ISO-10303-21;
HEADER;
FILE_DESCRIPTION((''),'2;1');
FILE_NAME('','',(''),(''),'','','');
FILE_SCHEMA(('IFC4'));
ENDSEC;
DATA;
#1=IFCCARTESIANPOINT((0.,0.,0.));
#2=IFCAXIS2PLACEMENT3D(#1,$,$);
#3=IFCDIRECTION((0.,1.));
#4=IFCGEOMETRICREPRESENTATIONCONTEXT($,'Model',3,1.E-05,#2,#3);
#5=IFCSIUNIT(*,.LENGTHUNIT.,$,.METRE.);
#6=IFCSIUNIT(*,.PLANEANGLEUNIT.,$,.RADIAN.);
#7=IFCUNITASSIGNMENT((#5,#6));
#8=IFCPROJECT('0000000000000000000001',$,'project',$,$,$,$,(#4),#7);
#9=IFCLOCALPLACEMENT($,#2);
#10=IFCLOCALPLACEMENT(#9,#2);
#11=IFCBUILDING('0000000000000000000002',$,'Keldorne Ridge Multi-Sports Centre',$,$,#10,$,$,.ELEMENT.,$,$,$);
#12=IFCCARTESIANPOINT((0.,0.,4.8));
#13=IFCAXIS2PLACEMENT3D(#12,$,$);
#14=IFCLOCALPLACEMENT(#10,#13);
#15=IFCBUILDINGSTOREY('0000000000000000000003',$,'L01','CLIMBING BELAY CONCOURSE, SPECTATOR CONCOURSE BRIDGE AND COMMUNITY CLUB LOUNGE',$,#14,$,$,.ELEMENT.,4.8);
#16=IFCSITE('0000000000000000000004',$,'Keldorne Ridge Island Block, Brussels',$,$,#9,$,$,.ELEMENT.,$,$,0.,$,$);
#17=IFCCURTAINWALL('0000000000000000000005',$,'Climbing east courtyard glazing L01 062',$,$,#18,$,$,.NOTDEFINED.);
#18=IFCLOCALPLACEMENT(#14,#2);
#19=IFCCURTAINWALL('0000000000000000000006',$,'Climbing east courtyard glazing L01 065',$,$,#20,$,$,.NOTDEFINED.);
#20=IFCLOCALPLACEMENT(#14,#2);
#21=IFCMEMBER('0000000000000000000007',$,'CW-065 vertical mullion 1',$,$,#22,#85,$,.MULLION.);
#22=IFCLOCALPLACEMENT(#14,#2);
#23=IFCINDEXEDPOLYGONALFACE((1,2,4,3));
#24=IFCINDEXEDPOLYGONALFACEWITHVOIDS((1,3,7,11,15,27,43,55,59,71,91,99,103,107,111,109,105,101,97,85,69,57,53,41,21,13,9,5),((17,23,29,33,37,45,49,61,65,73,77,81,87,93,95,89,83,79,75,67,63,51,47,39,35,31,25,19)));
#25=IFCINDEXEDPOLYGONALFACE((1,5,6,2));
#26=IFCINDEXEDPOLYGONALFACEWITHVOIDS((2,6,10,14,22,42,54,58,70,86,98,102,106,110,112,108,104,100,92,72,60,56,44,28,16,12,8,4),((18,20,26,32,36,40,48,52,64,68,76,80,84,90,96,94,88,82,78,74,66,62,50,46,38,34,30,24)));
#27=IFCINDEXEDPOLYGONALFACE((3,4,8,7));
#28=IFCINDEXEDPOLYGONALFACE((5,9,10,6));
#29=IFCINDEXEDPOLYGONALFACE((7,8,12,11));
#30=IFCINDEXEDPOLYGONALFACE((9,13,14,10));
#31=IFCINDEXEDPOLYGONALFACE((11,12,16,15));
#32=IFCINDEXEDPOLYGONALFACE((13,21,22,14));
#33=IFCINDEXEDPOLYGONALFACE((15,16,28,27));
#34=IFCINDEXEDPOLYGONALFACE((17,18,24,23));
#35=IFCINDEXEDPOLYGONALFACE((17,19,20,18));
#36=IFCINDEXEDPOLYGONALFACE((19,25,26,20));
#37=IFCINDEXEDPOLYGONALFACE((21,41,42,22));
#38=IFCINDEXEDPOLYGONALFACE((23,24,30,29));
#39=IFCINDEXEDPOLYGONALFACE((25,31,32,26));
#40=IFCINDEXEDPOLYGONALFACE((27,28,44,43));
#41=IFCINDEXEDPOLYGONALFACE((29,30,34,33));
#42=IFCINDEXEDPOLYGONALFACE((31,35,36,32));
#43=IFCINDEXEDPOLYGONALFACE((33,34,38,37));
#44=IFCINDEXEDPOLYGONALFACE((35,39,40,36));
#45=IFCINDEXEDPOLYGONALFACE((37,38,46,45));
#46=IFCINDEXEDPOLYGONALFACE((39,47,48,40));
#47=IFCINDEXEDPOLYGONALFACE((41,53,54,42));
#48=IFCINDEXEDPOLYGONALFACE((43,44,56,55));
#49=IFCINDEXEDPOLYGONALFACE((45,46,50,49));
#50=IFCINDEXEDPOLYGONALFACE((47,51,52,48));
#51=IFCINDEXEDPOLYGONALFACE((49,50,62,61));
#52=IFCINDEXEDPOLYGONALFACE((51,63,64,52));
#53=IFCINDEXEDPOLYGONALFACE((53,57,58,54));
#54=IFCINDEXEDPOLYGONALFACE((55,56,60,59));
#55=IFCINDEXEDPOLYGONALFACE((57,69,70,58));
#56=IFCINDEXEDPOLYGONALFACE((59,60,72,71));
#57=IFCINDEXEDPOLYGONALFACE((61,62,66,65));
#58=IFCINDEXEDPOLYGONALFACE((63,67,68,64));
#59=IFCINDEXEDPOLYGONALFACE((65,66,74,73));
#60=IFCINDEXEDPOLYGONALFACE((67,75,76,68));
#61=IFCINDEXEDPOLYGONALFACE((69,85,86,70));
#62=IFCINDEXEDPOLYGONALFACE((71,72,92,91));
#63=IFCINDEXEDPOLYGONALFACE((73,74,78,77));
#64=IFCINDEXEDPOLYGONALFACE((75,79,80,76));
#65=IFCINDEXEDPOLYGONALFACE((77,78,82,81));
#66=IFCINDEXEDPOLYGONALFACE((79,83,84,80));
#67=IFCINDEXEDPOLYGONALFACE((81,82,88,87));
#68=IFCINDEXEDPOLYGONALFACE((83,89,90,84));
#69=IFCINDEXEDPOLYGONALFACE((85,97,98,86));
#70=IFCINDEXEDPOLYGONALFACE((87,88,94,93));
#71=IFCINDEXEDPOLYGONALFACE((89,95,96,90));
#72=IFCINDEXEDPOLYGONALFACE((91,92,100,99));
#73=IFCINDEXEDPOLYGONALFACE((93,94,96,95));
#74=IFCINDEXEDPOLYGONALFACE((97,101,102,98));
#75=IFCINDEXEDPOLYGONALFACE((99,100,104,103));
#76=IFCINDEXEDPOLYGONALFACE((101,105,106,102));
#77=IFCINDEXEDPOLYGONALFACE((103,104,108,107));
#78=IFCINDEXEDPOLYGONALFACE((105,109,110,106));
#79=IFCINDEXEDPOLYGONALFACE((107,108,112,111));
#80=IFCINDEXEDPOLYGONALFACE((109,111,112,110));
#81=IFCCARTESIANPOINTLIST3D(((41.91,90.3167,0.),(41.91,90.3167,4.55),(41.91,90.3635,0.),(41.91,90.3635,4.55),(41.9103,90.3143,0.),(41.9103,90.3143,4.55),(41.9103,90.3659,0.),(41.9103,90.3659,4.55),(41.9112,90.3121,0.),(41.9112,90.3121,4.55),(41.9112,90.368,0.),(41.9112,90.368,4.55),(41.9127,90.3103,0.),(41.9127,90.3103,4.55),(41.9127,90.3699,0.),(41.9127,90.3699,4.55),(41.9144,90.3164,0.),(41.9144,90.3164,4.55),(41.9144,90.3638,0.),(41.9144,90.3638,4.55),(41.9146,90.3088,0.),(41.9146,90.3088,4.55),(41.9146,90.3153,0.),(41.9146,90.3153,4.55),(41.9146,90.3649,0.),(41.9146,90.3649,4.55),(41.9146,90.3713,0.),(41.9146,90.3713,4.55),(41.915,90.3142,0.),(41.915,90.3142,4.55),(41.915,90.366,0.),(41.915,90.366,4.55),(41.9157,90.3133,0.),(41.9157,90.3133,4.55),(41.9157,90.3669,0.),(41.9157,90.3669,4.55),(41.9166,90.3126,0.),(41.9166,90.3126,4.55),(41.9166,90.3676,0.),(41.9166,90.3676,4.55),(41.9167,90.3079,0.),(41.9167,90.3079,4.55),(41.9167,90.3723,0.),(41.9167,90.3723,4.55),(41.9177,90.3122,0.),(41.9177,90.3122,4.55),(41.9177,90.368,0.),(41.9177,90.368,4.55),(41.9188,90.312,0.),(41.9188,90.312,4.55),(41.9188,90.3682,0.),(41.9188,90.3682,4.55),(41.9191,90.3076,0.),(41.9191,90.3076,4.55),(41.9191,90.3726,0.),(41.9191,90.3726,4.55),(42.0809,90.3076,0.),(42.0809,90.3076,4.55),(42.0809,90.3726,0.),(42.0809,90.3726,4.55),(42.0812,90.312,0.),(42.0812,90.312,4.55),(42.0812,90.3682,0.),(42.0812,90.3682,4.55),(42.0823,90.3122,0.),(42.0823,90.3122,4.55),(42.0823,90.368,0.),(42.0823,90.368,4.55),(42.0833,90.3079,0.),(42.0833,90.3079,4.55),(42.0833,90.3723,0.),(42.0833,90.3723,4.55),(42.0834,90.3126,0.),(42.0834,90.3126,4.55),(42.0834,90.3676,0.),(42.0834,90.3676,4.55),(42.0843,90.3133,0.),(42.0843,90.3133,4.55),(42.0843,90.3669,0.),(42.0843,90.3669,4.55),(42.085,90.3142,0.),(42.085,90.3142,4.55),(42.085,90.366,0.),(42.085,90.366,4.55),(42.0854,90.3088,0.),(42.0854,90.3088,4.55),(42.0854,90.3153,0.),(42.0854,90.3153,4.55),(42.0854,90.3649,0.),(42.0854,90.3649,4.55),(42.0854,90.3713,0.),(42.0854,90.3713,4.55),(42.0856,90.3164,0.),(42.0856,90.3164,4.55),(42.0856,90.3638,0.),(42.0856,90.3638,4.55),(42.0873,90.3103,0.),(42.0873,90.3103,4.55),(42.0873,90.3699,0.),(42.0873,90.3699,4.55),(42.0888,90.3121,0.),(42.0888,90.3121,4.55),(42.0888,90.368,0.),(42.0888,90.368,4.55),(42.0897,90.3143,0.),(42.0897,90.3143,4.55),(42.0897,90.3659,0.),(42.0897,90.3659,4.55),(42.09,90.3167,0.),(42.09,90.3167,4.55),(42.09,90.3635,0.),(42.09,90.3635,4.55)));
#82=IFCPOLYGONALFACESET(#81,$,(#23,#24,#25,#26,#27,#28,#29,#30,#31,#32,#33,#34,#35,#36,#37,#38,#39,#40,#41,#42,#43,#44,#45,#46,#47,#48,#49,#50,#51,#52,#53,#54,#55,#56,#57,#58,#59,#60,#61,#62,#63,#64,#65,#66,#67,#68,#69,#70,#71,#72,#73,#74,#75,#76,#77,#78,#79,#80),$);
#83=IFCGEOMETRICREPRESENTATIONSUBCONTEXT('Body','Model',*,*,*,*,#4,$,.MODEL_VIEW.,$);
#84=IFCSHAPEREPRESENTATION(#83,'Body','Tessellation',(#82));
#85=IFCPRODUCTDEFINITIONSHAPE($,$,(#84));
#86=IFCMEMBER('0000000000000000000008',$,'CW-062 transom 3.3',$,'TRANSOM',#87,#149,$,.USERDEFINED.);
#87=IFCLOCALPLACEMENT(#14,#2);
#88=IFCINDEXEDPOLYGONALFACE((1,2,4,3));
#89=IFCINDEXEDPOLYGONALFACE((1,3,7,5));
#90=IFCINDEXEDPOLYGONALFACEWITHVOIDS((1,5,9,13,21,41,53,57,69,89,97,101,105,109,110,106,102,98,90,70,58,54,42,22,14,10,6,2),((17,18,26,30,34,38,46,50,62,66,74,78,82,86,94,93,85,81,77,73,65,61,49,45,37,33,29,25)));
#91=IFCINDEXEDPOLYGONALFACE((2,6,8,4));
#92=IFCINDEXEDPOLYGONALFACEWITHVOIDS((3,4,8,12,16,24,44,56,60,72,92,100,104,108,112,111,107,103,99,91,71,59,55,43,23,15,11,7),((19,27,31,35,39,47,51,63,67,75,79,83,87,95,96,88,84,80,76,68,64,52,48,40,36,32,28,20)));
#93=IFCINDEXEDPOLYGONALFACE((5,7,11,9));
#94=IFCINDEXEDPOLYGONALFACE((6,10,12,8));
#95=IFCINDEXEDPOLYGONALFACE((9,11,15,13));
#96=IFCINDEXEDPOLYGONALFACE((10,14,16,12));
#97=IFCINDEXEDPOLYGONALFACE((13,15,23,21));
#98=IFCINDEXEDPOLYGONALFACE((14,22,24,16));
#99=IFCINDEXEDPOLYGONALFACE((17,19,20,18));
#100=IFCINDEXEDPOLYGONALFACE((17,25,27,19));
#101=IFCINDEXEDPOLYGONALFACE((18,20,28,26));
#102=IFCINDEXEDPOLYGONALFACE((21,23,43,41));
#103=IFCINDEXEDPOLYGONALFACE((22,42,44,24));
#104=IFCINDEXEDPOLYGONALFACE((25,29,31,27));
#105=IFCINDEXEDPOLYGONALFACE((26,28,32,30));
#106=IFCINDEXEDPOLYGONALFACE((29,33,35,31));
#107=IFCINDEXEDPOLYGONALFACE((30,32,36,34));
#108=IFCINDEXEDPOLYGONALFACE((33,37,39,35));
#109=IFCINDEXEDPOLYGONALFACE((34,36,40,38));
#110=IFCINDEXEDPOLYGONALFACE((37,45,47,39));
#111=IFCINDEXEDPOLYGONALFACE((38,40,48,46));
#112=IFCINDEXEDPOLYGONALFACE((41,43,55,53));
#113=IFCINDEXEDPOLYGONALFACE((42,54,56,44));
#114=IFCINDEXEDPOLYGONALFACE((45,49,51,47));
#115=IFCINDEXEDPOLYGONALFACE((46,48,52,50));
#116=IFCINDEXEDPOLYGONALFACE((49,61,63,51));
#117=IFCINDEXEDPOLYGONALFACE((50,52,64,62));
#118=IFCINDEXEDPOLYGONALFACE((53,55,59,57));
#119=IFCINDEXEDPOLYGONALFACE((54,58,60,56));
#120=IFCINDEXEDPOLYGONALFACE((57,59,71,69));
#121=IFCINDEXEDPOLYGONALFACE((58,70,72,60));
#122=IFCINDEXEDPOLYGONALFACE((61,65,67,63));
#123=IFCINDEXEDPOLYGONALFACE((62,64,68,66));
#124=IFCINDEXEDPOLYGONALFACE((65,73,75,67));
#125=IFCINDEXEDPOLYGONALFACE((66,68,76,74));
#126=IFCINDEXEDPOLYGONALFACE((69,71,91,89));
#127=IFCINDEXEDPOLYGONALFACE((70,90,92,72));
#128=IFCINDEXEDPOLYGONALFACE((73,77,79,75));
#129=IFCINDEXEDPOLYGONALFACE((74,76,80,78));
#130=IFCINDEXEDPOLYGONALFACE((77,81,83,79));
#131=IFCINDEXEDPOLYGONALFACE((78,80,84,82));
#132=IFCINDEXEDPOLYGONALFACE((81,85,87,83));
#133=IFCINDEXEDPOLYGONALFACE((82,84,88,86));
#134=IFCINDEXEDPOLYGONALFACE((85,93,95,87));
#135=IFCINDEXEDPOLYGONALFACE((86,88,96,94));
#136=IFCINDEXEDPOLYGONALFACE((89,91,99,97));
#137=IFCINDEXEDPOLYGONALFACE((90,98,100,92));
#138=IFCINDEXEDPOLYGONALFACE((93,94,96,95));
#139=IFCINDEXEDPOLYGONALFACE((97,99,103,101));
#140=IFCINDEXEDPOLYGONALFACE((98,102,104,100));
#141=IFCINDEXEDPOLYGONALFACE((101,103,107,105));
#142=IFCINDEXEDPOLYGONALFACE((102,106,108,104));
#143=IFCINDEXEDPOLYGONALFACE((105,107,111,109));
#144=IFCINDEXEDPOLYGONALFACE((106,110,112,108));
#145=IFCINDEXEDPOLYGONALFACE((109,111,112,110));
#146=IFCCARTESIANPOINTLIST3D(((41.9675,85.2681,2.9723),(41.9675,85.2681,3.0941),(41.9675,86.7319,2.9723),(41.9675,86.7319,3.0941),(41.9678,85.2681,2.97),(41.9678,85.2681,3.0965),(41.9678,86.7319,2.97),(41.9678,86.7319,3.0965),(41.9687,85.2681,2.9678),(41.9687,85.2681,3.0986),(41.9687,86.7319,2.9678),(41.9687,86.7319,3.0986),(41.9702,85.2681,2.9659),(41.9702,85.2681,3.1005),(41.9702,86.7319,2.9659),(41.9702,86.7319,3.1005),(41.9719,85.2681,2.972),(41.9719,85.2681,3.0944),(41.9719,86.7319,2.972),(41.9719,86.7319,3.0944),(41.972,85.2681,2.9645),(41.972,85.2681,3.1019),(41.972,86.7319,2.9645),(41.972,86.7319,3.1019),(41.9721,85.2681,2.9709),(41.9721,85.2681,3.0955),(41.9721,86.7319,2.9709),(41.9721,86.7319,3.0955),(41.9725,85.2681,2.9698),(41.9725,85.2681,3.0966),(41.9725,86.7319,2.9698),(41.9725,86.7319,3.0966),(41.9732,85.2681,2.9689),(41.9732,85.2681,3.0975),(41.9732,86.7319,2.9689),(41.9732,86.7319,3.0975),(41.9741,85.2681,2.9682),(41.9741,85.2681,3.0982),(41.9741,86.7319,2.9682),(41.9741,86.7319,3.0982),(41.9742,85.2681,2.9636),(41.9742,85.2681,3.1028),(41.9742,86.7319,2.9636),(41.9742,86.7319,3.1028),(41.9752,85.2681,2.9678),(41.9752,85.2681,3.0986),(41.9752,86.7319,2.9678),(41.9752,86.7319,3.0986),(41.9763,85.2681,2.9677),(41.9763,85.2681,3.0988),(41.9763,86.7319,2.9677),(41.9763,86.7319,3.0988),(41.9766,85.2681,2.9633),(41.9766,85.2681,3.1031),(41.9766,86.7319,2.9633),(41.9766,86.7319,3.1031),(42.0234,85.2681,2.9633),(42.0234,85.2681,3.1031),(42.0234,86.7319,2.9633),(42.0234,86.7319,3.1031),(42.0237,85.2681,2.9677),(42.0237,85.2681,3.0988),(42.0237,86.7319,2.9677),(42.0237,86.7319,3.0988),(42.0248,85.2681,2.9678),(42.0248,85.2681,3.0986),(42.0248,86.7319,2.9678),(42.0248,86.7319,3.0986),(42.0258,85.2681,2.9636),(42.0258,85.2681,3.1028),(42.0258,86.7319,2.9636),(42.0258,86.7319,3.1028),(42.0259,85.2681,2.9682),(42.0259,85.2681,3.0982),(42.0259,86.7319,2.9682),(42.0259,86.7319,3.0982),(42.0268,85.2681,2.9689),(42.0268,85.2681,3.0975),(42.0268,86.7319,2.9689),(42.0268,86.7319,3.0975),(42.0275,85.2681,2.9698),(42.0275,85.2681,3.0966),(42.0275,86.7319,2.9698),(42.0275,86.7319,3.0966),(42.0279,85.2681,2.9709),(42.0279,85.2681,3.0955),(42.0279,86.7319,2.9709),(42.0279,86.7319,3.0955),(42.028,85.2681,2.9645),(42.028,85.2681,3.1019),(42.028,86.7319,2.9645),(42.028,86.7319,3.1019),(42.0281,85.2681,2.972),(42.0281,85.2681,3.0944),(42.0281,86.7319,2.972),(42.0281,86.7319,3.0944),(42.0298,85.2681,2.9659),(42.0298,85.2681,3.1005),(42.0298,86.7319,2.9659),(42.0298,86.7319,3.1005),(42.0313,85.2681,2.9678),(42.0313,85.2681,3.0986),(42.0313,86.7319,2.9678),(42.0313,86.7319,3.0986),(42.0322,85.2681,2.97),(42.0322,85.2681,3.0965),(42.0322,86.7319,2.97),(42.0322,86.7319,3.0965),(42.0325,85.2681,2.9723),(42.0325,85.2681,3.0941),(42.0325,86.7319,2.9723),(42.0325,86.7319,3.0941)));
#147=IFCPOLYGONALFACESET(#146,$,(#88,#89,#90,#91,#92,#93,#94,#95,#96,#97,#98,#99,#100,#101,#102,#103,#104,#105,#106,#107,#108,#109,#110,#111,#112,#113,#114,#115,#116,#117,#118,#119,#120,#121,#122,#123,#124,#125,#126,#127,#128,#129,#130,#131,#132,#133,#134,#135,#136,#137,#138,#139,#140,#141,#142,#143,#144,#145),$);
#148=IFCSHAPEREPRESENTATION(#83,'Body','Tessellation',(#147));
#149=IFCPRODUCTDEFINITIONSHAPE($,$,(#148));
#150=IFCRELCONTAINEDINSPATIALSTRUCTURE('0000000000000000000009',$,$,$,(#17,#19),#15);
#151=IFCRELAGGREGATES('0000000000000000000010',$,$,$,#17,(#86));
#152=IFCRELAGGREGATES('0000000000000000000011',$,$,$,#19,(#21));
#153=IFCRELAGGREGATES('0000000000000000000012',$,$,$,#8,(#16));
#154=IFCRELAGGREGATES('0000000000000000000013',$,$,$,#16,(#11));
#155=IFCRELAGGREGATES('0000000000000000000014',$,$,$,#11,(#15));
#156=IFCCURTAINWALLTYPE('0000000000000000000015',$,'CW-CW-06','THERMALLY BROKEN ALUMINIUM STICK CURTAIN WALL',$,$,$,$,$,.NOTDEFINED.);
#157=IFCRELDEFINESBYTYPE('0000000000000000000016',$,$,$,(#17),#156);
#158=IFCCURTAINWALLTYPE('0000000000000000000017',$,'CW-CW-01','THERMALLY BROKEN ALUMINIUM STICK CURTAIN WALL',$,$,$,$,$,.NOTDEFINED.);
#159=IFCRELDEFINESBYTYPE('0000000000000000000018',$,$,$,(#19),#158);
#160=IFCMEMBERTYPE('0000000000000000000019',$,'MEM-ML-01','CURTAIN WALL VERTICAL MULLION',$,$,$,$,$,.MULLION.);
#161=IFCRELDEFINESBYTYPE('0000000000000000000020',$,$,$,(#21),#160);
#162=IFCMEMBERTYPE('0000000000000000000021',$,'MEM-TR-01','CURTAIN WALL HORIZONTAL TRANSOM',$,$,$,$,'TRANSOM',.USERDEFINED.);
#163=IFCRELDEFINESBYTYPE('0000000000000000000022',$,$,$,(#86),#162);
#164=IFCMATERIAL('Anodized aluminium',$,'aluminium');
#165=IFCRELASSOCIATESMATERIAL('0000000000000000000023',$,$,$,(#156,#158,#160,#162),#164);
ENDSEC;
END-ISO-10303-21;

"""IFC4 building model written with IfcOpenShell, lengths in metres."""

from ifc_helpers import new_model, si_unit, direction, frame, origin, origin_2d, place, context, subcontext, project, spatial, hollow_rectangle, extrude, material, material_profile, profile_set, type_object, element, aggregate, save


model = new_model("IFC4")

# Units and contexts
model_context = context("Model", 3, precision=1e-05, world=origin(), true_north=direction((0.0, 1.0)))
body_context = subcontext(model_context, "Body", "Model", "MODEL_VIEW")
ifc_project = project(units=[si_unit("LENGTHUNIT", "METRE"), si_unit("PLANEANGLEUNIT", "RADIAN")], contexts=[model_context])

# Site, building, storey
site_placement = place(None, origin())
site = spatial("IfcSite", under=ifc_project, at=site_placement, Name="Keldorne Ridge Island Block, Brussels", CompositionType="ELEMENT", RefElevation=0.0)
building_placement = place(site_placement, origin())
building = spatial("IfcBuilding", under=site, at=building_placement, Name="Keldorne Ridge Multi-Sports Centre", CompositionType="ELEMENT")
storey_placement = place(building_placement, frame((0.0, 0.0, 4.8)))
storey = spatial("IfcBuildingStorey", under=building, at=storey_placement, Name="L01", Description="CLIMBING BELAY CONCOURSE, SPECTATOR CONCOURSE BRIDGE AND COMMUNITY CLUB LOUNGE", CompositionType="ELEMENT", Elevation=4.8)

# Curtain wall
ifc_material_1 = material(Name="Anodized aluminium", Category="aluminium")
curtain_wall_type_1 = type_object("IfcCurtainWallType", Name="CW-CW-06", Description="THERMALLY BROKEN ALUMINIUM STICK CURTAIN WALL", PredefinedType="NOTDEFINED", material=ifc_material_1)
curtain_wall_1_placement = place(storey_placement, origin())
curtain_wall_1 = element("IfcCurtainWall", 1, at=curtain_wall_1_placement, inside=storey, type_object=curtain_wall_type_1, Name="Climbing east courtyard glazing L01 062", PredefinedType="NOTDEFINED")
ifc_material_profile_1 = material_profile(ifc_material_1, hollow_rectangle(XDim=0.0649, YDim=0.1799, WallThickness=0.0044, InnerFilletRadius=0.0044, OuterFilletRadius=0.009, at=origin_2d()), Name="ALU MULLION 180x65x4.5")
ifc_profile_set_1 = profile_set([ifc_material_profile_1], Name="Anodized aluminium")
member_type_1 = type_object("IfcMemberType", Name="MEM-ML-01", Description="CURTAIN WALL VERTICAL MULLION", PredefinedType="MULLION", material=ifc_profile_set_1)

# Curtain wall, member
curtain_wall_type_2 = type_object("IfcCurtainWallType", Name="CW-CW-01", Description="THERMALLY BROKEN ALUMINIUM STICK CURTAIN WALL", PredefinedType="NOTDEFINED", material=ifc_material_1)
curtain_wall_2_placement = place(storey_placement, origin())
curtain_wall_2 = element("IfcCurtainWall", 2, at=curtain_wall_2_placement, inside=storey, type_object=curtain_wall_type_2, Name="Climbing east courtyard glazing L01 065", PredefinedType="NOTDEFINED")
member_1_placement = place(storey_placement, frame((42.0, 90.3401, 0.0), z_axis=(0.0, 0.0, 1.0), x_axis=(0.0, 1.0, 0.0)))
member_1 = element("IfcMember", 3, at=member_1_placement, type_object=member_type_1, Name="CW-065 vertical mullion 1", PredefinedType="MULLION", context=body_context, shape_type="SweptSolid", body=[
    extrude(hollow_rectangle(XDim=0.0649, YDim=0.1799, WallThickness=0.0044, InnerFilletRadius=0.0044, OuterFilletRadius=0.009, at=origin_2d()), origin(), (0.0, 0.0, 1.0), 4.55),
])

# Member
ifc_material_profile_2 = material_profile(ifc_material_1, hollow_rectangle(XDim=0.0649, YDim=0.1399, WallThickness=0.0044, InnerFilletRadius=0.0044, OuterFilletRadius=0.009, at=origin_2d()), Name="ALU TRANSOM 140x65x4.5")
ifc_profile_set_2 = profile_set([ifc_material_profile_2], Name="Anodized aluminium")
member_type_2 = type_object("IfcMemberType", Name="MEM-TR-01", Description="CURTAIN WALL HORIZONTAL TRANSOM", ElementType="TRANSOM", PredefinedType="USERDEFINED", material=ifc_profile_set_2)
member_2_placement = place(storey_placement, frame((42.0, 85.2681, 3.0332), z_axis=(0.0, 1.0, 0.0), x_axis=(-1.0, 0.0, 0.0)))
member_2 = element("IfcMember", 4, at=member_2_placement, type_object=member_type_2, Name="CW-062 transom 3.3", ObjectType="TRANSOM", PredefinedType="USERDEFINED", context=body_context, shape_type="SweptSolid", body=[
    extrude(hollow_rectangle(XDim=0.0649, YDim=0.1399, WallThickness=0.0044, InnerFilletRadius=0.0044, OuterFilletRadius=0.009, at=origin_2d()), origin(), (0.0, 0.0, 1.0), 1.4639),
])

aggregate(curtain_wall_1, [member_2])
aggregate(curtain_wall_2, [member_1])

save(model, "model.ifc")
